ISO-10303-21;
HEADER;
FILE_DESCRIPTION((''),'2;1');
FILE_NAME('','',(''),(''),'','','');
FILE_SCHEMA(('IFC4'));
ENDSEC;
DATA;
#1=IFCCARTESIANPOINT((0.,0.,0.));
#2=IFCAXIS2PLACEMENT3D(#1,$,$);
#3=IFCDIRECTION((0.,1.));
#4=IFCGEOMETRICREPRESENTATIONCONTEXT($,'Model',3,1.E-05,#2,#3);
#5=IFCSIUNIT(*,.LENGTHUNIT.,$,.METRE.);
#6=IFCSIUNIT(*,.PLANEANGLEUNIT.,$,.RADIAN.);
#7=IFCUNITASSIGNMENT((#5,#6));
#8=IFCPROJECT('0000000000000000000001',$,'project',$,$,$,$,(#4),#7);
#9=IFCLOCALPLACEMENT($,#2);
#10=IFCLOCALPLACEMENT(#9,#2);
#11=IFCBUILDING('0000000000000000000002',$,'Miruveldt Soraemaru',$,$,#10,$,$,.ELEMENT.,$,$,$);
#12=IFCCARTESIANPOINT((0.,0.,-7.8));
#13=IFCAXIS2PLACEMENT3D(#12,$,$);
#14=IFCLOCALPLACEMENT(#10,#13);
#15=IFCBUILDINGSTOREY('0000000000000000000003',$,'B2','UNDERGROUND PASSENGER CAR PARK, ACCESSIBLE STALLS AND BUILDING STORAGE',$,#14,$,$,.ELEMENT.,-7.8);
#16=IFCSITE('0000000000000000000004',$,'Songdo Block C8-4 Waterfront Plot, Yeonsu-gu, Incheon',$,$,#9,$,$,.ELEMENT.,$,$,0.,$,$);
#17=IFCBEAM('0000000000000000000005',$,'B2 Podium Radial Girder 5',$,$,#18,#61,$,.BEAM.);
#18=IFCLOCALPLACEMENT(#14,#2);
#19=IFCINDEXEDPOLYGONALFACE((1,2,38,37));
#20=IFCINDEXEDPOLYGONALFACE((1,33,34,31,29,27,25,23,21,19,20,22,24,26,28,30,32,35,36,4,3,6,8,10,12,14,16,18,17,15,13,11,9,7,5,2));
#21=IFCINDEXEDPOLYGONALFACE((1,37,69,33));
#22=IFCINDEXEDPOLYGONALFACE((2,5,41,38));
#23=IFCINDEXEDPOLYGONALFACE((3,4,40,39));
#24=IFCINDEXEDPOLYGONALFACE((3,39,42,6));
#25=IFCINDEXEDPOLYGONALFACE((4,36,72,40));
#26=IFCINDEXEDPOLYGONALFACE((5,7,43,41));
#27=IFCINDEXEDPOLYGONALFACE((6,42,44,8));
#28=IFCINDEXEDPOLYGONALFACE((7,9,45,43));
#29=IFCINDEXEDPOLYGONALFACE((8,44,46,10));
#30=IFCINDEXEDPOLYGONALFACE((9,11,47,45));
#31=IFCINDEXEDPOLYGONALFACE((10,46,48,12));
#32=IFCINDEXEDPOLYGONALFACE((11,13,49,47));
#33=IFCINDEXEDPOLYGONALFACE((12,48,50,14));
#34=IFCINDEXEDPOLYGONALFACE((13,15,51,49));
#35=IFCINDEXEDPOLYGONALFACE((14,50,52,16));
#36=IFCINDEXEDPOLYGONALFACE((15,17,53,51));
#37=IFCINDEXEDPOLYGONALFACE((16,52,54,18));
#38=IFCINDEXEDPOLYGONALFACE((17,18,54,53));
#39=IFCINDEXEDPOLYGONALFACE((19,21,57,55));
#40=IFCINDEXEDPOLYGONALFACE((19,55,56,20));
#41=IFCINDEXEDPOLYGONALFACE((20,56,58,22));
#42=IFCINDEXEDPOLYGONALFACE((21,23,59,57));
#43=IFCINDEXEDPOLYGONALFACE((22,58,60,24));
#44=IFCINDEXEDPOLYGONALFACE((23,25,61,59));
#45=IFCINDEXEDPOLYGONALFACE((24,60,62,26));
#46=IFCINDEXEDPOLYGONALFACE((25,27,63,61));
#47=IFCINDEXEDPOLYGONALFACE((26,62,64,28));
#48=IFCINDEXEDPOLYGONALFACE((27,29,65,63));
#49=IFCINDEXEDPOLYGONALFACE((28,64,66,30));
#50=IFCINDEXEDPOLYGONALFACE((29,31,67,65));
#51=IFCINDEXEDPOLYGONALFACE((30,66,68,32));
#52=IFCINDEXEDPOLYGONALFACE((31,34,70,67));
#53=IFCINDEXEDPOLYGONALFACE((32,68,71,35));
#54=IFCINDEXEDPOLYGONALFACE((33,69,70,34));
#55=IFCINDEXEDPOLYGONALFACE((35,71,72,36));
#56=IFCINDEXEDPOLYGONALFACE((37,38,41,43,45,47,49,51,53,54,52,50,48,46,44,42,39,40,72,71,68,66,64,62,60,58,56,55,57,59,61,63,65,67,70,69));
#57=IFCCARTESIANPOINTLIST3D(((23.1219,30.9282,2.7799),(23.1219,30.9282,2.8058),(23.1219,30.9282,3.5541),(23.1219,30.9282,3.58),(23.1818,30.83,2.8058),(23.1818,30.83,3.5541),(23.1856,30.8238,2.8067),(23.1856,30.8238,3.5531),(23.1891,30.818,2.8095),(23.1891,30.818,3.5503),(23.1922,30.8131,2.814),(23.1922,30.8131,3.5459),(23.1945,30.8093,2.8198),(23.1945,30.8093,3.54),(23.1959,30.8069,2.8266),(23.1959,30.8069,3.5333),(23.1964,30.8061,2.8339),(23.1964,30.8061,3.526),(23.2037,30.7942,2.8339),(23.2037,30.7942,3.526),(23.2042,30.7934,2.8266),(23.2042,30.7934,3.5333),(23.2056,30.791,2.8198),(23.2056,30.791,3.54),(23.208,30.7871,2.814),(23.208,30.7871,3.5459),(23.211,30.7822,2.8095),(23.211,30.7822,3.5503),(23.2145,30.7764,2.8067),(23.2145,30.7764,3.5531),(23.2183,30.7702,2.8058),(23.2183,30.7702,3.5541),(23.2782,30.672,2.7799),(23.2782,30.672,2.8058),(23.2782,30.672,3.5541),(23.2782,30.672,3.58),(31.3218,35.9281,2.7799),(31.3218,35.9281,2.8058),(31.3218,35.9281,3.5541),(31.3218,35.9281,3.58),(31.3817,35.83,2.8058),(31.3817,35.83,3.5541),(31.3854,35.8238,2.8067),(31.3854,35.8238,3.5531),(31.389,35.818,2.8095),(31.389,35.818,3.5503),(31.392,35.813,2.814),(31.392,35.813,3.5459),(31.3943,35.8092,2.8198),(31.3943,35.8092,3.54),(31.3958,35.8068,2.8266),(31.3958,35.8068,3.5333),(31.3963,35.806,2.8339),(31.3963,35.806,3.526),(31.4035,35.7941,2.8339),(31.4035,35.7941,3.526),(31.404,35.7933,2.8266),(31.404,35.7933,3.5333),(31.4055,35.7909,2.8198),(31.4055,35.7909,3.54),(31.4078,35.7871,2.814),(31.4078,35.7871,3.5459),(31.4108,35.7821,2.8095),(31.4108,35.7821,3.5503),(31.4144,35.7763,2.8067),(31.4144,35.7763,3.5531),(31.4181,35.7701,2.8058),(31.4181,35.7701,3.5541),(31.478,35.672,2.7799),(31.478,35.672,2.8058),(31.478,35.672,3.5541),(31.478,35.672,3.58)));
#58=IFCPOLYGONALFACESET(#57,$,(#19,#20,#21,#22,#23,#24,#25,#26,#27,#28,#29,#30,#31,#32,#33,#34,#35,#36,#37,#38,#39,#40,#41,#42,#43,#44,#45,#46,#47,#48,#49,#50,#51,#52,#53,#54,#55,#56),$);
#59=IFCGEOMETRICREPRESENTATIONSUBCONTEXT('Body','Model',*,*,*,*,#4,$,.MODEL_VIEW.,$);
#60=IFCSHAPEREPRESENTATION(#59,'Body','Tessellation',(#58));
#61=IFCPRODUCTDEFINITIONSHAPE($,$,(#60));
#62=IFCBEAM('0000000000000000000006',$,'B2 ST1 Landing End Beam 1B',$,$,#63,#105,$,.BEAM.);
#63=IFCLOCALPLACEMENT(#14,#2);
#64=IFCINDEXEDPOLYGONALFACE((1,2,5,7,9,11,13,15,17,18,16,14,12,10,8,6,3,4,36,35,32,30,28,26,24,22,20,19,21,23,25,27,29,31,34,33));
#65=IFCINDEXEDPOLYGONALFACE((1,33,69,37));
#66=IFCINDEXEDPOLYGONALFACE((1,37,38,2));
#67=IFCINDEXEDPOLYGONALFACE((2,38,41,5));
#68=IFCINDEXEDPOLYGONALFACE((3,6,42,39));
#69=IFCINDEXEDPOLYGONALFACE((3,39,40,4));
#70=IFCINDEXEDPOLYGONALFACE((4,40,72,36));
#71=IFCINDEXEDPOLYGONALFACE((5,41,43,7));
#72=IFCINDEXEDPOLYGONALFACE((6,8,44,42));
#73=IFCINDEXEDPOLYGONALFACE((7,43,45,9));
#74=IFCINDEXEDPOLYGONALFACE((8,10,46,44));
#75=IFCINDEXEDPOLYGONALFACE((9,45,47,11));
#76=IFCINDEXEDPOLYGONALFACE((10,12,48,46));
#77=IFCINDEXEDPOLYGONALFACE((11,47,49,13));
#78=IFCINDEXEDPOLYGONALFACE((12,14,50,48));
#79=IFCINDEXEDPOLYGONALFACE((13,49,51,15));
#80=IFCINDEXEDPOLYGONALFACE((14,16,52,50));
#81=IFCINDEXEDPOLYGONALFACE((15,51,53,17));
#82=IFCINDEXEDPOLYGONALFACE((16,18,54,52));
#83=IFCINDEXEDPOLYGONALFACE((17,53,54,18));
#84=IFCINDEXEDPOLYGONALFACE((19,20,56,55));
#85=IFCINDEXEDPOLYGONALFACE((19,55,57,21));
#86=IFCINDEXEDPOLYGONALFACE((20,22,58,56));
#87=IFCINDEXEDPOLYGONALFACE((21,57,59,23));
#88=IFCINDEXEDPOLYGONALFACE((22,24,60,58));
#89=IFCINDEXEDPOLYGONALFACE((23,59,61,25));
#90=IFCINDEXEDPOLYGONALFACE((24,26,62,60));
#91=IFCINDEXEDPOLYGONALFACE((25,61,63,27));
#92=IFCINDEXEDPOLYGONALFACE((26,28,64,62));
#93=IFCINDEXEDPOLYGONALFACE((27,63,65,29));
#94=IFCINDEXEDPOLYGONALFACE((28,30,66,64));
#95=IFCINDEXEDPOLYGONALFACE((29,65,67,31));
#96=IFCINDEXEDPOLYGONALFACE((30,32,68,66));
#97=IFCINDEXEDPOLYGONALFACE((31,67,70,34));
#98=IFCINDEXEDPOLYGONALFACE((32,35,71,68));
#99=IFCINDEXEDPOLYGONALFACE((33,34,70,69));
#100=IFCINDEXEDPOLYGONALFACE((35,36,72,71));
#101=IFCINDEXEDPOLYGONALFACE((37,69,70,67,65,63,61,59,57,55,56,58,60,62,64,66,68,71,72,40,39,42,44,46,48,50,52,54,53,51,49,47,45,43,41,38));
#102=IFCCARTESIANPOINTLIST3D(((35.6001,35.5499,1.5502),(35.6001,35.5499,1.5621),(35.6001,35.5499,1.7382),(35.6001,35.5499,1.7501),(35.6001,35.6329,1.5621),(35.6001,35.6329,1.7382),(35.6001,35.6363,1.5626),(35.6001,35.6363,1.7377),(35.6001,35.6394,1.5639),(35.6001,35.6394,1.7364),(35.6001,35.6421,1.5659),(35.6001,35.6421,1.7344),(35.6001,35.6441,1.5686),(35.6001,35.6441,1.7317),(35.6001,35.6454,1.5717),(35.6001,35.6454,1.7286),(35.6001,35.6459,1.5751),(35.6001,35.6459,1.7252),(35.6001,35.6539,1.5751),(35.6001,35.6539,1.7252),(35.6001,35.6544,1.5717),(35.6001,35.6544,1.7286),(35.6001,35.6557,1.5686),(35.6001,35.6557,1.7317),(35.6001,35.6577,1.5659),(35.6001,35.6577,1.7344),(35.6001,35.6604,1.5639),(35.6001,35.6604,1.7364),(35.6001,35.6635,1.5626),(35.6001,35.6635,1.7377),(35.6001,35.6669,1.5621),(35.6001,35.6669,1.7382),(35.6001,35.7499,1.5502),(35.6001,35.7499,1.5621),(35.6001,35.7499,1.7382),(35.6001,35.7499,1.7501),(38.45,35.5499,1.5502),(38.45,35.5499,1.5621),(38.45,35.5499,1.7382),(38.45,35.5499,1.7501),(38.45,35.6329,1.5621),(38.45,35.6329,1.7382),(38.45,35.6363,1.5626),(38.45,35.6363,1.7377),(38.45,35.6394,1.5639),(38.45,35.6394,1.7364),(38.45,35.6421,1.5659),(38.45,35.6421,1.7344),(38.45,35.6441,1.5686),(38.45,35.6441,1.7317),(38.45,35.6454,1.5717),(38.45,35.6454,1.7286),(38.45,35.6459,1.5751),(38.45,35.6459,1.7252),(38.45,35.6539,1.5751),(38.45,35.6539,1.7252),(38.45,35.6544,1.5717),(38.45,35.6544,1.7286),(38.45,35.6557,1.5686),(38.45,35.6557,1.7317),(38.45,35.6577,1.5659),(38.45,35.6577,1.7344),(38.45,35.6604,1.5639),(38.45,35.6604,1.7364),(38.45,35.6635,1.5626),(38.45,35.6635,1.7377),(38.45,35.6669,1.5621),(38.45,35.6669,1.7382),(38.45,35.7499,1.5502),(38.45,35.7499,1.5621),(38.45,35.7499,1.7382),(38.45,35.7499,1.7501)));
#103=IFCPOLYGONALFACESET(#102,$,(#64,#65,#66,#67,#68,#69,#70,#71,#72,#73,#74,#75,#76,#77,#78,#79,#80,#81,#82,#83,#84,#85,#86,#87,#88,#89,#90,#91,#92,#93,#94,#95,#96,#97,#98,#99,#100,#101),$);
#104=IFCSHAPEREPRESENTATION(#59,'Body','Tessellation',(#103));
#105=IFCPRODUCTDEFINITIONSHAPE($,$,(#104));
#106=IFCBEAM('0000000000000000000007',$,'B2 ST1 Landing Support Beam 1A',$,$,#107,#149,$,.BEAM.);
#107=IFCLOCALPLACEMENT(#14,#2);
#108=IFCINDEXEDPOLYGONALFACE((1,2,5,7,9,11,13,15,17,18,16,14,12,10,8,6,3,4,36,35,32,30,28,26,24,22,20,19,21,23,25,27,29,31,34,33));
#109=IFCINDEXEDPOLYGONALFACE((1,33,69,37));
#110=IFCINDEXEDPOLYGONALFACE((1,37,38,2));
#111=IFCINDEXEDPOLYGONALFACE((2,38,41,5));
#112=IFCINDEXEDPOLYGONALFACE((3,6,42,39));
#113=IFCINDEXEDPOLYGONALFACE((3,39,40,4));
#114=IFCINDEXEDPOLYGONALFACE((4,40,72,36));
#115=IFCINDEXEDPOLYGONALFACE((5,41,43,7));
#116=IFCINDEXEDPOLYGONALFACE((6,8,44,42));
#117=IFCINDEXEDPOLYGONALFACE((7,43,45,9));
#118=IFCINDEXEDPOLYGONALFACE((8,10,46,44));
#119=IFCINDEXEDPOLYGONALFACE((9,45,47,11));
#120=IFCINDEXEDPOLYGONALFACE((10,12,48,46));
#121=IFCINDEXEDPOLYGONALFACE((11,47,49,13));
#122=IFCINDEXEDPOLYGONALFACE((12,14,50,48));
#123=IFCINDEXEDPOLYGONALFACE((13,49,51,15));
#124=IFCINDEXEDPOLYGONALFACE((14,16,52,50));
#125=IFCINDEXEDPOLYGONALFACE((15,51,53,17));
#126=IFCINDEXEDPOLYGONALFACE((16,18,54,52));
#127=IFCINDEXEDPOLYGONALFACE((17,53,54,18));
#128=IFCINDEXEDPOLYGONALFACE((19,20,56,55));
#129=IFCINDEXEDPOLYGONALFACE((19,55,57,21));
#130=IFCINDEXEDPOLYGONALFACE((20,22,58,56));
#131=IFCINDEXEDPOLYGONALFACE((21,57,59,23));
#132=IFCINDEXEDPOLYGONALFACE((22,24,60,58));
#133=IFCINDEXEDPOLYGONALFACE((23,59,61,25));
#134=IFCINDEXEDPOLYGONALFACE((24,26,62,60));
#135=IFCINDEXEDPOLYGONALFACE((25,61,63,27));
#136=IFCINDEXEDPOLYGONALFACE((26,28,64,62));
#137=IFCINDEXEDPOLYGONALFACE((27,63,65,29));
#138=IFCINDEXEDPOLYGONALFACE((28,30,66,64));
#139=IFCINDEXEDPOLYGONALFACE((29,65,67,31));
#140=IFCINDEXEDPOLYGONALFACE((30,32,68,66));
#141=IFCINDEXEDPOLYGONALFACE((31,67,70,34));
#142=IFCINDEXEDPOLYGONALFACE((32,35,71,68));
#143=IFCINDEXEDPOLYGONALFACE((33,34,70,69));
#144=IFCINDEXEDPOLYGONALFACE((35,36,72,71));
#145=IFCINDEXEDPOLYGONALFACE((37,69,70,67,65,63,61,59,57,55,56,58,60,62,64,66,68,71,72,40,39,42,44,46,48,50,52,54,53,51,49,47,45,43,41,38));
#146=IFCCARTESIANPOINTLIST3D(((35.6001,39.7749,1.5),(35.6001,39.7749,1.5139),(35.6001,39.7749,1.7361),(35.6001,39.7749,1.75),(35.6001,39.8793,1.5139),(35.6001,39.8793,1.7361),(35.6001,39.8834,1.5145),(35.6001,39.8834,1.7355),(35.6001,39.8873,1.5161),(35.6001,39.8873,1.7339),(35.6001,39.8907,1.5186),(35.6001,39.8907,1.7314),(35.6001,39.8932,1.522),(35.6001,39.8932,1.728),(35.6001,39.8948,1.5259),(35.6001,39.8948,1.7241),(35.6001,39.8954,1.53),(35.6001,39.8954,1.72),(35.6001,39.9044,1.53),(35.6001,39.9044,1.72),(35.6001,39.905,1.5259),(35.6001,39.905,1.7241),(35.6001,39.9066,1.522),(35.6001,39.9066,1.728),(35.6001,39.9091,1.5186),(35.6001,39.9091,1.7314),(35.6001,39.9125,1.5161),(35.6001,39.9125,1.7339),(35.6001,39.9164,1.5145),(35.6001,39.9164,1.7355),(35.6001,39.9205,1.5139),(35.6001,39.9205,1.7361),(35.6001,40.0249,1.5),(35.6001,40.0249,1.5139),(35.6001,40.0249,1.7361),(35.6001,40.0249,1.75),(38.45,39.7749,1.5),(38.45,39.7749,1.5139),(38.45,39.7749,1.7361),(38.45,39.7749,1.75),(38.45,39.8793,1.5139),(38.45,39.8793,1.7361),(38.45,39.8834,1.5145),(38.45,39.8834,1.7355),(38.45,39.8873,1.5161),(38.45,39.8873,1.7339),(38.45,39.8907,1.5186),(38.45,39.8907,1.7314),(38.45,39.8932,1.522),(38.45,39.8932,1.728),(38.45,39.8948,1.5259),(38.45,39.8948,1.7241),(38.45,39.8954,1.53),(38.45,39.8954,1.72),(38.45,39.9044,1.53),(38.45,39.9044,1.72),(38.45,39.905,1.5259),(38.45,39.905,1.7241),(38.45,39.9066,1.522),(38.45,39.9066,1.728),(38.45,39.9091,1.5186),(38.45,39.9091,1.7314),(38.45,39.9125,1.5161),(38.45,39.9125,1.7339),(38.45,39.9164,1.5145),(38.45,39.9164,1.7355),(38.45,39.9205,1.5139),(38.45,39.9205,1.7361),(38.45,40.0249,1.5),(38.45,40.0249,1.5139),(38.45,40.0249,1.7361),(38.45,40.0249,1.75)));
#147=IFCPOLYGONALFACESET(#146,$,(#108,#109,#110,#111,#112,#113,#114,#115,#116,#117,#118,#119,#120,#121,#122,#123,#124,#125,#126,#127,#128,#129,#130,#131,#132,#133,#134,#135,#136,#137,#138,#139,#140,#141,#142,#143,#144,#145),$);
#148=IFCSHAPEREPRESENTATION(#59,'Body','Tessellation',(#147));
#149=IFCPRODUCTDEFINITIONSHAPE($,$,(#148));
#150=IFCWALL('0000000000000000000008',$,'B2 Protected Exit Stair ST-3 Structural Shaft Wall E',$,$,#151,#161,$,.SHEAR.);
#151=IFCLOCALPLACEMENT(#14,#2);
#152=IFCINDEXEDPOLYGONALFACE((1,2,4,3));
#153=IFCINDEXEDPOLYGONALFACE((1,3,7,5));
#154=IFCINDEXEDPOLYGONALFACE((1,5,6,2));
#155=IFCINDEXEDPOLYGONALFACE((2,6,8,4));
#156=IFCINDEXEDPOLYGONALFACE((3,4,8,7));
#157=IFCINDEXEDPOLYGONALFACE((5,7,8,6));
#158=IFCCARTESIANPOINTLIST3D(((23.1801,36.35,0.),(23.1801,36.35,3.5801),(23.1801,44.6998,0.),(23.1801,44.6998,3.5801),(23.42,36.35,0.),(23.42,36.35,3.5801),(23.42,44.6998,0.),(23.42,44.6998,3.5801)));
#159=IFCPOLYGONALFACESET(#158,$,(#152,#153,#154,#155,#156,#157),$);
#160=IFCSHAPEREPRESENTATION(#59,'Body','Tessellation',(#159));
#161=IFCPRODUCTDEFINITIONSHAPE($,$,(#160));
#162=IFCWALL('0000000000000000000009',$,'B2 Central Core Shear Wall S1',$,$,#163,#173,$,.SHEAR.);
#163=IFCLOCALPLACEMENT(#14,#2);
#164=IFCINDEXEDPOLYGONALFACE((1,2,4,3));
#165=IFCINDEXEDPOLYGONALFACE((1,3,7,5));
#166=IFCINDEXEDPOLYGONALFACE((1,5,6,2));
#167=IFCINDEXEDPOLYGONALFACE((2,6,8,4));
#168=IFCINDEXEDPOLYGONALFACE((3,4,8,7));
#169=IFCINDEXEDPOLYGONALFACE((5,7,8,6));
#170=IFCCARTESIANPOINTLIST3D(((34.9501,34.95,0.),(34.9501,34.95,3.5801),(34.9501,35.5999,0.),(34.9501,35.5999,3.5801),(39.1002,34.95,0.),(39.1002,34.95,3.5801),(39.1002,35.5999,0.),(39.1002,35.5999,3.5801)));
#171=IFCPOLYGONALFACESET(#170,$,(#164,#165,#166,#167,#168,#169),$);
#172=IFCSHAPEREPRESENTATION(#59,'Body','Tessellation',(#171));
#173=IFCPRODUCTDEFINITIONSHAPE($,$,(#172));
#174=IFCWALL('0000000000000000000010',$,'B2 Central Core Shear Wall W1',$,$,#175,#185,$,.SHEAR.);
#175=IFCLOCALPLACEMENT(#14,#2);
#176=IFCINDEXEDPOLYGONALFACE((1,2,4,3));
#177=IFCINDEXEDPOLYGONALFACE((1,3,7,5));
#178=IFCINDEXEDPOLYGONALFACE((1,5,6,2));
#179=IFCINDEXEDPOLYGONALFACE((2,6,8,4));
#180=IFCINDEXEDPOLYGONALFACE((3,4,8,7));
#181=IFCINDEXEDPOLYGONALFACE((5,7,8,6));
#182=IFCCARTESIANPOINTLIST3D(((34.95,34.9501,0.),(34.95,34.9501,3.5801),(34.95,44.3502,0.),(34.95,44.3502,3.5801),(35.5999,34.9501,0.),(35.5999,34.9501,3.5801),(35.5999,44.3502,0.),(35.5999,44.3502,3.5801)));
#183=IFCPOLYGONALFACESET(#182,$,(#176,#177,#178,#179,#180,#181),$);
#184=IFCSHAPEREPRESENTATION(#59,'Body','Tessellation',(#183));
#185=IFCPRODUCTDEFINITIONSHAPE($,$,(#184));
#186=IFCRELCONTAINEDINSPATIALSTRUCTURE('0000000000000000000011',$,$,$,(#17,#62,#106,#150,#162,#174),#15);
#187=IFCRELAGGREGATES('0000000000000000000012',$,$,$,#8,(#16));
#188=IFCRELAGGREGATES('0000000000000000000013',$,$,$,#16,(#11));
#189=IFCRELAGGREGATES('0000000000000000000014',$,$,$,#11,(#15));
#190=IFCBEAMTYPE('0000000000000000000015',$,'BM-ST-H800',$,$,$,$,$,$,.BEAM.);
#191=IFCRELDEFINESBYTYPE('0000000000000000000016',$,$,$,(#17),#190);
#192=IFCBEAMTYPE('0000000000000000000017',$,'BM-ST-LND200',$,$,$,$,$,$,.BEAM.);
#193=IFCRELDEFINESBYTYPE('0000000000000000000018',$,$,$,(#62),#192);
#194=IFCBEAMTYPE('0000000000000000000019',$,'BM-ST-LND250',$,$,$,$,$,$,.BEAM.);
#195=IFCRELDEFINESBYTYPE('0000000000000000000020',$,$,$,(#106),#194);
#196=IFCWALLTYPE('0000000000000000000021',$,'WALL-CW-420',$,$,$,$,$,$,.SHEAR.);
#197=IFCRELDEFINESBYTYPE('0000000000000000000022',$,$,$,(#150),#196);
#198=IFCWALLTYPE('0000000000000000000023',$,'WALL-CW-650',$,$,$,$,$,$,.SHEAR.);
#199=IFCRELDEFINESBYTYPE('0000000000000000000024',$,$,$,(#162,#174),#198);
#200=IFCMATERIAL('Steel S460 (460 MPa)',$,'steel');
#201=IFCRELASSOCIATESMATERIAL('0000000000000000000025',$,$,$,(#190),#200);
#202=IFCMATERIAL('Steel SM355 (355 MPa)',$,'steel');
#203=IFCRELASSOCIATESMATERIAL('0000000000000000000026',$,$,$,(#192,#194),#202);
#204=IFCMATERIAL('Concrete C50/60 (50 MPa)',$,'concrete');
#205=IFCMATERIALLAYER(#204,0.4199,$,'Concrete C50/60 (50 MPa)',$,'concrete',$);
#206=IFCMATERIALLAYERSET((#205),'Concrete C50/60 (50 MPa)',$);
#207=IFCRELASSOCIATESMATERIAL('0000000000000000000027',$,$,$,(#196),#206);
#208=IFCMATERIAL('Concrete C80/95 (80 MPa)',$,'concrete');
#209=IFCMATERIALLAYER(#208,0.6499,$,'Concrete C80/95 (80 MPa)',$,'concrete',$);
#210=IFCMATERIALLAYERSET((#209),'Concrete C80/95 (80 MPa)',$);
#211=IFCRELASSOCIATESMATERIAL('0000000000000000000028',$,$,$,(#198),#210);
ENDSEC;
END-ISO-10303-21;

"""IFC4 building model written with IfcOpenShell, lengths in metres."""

from ifc_helpers import new_model, si_unit, direction, frame, frame_2d, origin, origin_2d, place, context, subcontext, project, spatial, rectangle, i_section, extrude, material, layer, layer_set, material_profile, profile_set, type_object, element, save


model = new_model("IFC4")

# Units and contexts
model_context = context("Model", 3, precision=1e-05, world=origin(), true_north=direction((0.0, 1.0)))
body_context = subcontext(model_context, "Body", "Model", "MODEL_VIEW")
ifc_project = project(units=[si_unit("LENGTHUNIT", "METRE"), si_unit("PLANEANGLEUNIT", "RADIAN")], contexts=[model_context])

# Site, building, storey
site_placement = place(None, origin())
site = spatial("IfcSite", under=ifc_project, at=site_placement, Name="Songdo Block C8-4 Waterfront Plot, Yeonsu-gu, Incheon", CompositionType="ELEMENT", RefElevation=0.0)
building_placement = place(site_placement, origin())
building = spatial("IfcBuilding", under=site, at=building_placement, Name="Miruveldt Soraemaru", CompositionType="ELEMENT")
storey_placement = place(building_placement, frame((0.0, 0.0, -7.8)))
storey = spatial("IfcBuildingStorey", under=building, at=storey_placement, Name="B2", Description="UNDERGROUND PASSENGER CAR PARK, ACCESSIBLE STALLS AND BUILDING STORAGE", CompositionType="ELEMENT", Elevation=-7.8)

# Shared definitions
ifc_material_1 = material(Name="Concrete C80/95 (80 MPa)", Category="concrete")

# Beams
ifc_material_2 = material(Name="Steel SM355 (355 MPa)", Category="steel")
ifc_material_3 = material(Name="Steel S460 (460 MPa)", Category="steel")
ifc_material_profile_1 = material_profile(ifc_material_3, i_section(OverallWidth=0.3, OverallDepth=0.8, WebThickness=0.0139, FlangeThickness=0.0259, FilletRadius=0.0281, at=origin_2d()), Name="Steel S460 (460 MPa)", Category="steel")
ifc_profile_set_1 = profile_set([ifc_material_profile_1], Name="Steel S460 (460 MPa)")
beam_type_1 = type_object("IfcBeamType", Name="BM-ST-H800", PredefinedType="BEAM", material=ifc_profile_set_1)
beam_1_placement = place(storey_placement, frame((31.3999, 35.8, 3.1799), z_axis=(-0.853795, -0.52061, 0.0), x_axis=(0.52061, -0.853795, 0.0)))
element("IfcBeam", 1, at=beam_1_placement, inside=storey, type_object=beam_type_1, Name="B2 Podium Radial Girder 5", PredefinedType="BEAM", context=body_context, shape_type="SweptSolid", body=[
    extrude(i_section(OverallWidth=0.3, OverallDepth=0.8, WebThickness=0.0139, FlangeThickness=0.0259, FilletRadius=0.0281, at=origin_2d()), origin(), (0.0, 0.0, 1.0), 9.604),
])
ifc_material_profile_2 = material_profile(ifc_material_2, i_section(OverallWidth=0.2, OverallDepth=0.2, WebThickness=0.0081, FlangeThickness=0.012, FilletRadius=0.0129, at=origin_2d()), Name="Steel SM355 (355 MPa)", Category="steel")
ifc_profile_set_2 = profile_set([ifc_material_profile_2], Name="Steel SM355 (355 MPa)")
beam_type_2 = type_object("IfcBeamType", Name="BM-ST-LND200", PredefinedType="BEAM", material=ifc_profile_set_2)
beam_2_placement = place(storey_placement, frame((35.6001, 35.6499, 1.6501), z_axis=(1.0, 0.0, 0.0), x_axis=(0.0, 1.0, 0.0)))
element("IfcBeam", 2, at=beam_2_placement, inside=storey, type_object=beam_type_2, Name="B2 ST1 Landing End Beam 1B", PredefinedType="BEAM", context=body_context, shape_type="SweptSolid", body=[
    extrude(i_section(OverallWidth=0.2, OverallDepth=0.2, WebThickness=0.0081, FlangeThickness=0.012, FilletRadius=0.0129, at=origin_2d()), origin(), (0.0, 0.0, 1.0), 2.8499),
])
ifc_material_profile_3 = material_profile(ifc_material_2, i_section(OverallWidth=0.25, OverallDepth=0.25, WebThickness=0.009, FlangeThickness=0.0139, FilletRadius=0.0161, at=origin_2d()), Name="Steel SM355 (355 MPa)", Category="steel")
ifc_profile_set_3 = profile_set([ifc_material_profile_3], Name="Steel SM355 (355 MPa)")
beam_type_3 = type_object("IfcBeamType", Name="BM-ST-LND250", PredefinedType="BEAM", material=ifc_profile_set_3)
beam_3_placement = place(storey_placement, frame((35.6001, 39.8999, 1.625), z_axis=(1.0, 0.0, 0.0), x_axis=(0.0, 1.0, 0.0)))
element("IfcBeam", 3, at=beam_3_placement, inside=storey, type_object=beam_type_3, Name="B2 ST1 Landing Support Beam 1A", PredefinedType="BEAM", context=body_context, shape_type="SweptSolid", body=[
    extrude(i_section(OverallWidth=0.25, OverallDepth=0.25, WebThickness=0.009, FlangeThickness=0.0139, FilletRadius=0.0161, at=origin_2d()), origin(), (0.0, 0.0, 1.0), 2.8499),
])

# Walls
ifc_material_4 = material(Name="Concrete C50/60 (50 MPa)", Category="concrete")
ifc_layer_1 = layer(ifc_material_4, 0.4199, Name="Concrete C50/60 (50 MPa)", Category="concrete")
ifc_layer_set_1 = layer_set([ifc_layer_1], Name="Concrete C50/60 (50 MPa)")
wall_type_1 = type_object("IfcWallType", Name="WALL-CW-420", PredefinedType="SHEAR", material=ifc_layer_set_1)
wall_1_placement = place(storey_placement, frame((23.3, 36.3501, 0.0), z_axis=(0.0, 0.0, 1.0), x_axis=(0.0, 1.0, 0.0)))
element("IfcWall", 4, at=wall_1_placement, inside=storey, type_object=wall_type_1, Name="B2 Protected Exit Stair ST-3 Structural Shaft Wall E", PredefinedType="SHEAR", context=body_context, shape_type="SweptSolid", body=[
    extrude(rectangle(XDim=8.3499, YDim=0.24, at=frame_2d((4.1748, 0.0))), origin(), (0.0, 0.0, 1.0), 3.5801),
])
ifc_layer_2 = layer(ifc_material_1, 0.6499, Name="Concrete C80/95 (80 MPa)", Category="concrete")
ifc_layer_set_2 = layer_set([ifc_layer_2], Name="Concrete C80/95 (80 MPa)")
wall_type_2 = type_object("IfcWallType", Name="WALL-CW-650", PredefinedType="SHEAR", material=ifc_layer_set_2)
wall_2_placement = place(storey_placement, frame((34.95, 35.2749, 0.0), z_axis=(0.0, 0.0, 1.0), x_axis=(1.0, 0.0, 0.0)))
element("IfcWall", 5, at=wall_2_placement, inside=storey, type_object=wall_type_2, Name="B2 Central Core Shear Wall S1", PredefinedType="SHEAR", context=body_context, shape_type="SweptSolid", body=[
    extrude(rectangle(XDim=4.1501, YDim=0.6499, at=frame_2d((2.0752, 0.0))), origin(), (0.0, 0.0, 1.0), 3.5801),
])
wall_3_placement = place(storey_placement, frame((35.2749, 34.95, 0.0), z_axis=(0.0, 0.0, 1.0), x_axis=(0.0, 1.0, 0.0)))
element("IfcWall", 6, at=wall_3_placement, inside=storey, type_object=wall_type_2, Name="B2 Central Core Shear Wall W1", PredefinedType="SHEAR", context=body_context, shape_type="SweptSolid", body=[
    extrude(rectangle(XDim=9.4001, YDim=0.6499, at=frame_2d((4.7002, 0.0))), origin(), (0.0, 0.0, 1.0), 3.5801),
])

save(model, "model.ifc")
